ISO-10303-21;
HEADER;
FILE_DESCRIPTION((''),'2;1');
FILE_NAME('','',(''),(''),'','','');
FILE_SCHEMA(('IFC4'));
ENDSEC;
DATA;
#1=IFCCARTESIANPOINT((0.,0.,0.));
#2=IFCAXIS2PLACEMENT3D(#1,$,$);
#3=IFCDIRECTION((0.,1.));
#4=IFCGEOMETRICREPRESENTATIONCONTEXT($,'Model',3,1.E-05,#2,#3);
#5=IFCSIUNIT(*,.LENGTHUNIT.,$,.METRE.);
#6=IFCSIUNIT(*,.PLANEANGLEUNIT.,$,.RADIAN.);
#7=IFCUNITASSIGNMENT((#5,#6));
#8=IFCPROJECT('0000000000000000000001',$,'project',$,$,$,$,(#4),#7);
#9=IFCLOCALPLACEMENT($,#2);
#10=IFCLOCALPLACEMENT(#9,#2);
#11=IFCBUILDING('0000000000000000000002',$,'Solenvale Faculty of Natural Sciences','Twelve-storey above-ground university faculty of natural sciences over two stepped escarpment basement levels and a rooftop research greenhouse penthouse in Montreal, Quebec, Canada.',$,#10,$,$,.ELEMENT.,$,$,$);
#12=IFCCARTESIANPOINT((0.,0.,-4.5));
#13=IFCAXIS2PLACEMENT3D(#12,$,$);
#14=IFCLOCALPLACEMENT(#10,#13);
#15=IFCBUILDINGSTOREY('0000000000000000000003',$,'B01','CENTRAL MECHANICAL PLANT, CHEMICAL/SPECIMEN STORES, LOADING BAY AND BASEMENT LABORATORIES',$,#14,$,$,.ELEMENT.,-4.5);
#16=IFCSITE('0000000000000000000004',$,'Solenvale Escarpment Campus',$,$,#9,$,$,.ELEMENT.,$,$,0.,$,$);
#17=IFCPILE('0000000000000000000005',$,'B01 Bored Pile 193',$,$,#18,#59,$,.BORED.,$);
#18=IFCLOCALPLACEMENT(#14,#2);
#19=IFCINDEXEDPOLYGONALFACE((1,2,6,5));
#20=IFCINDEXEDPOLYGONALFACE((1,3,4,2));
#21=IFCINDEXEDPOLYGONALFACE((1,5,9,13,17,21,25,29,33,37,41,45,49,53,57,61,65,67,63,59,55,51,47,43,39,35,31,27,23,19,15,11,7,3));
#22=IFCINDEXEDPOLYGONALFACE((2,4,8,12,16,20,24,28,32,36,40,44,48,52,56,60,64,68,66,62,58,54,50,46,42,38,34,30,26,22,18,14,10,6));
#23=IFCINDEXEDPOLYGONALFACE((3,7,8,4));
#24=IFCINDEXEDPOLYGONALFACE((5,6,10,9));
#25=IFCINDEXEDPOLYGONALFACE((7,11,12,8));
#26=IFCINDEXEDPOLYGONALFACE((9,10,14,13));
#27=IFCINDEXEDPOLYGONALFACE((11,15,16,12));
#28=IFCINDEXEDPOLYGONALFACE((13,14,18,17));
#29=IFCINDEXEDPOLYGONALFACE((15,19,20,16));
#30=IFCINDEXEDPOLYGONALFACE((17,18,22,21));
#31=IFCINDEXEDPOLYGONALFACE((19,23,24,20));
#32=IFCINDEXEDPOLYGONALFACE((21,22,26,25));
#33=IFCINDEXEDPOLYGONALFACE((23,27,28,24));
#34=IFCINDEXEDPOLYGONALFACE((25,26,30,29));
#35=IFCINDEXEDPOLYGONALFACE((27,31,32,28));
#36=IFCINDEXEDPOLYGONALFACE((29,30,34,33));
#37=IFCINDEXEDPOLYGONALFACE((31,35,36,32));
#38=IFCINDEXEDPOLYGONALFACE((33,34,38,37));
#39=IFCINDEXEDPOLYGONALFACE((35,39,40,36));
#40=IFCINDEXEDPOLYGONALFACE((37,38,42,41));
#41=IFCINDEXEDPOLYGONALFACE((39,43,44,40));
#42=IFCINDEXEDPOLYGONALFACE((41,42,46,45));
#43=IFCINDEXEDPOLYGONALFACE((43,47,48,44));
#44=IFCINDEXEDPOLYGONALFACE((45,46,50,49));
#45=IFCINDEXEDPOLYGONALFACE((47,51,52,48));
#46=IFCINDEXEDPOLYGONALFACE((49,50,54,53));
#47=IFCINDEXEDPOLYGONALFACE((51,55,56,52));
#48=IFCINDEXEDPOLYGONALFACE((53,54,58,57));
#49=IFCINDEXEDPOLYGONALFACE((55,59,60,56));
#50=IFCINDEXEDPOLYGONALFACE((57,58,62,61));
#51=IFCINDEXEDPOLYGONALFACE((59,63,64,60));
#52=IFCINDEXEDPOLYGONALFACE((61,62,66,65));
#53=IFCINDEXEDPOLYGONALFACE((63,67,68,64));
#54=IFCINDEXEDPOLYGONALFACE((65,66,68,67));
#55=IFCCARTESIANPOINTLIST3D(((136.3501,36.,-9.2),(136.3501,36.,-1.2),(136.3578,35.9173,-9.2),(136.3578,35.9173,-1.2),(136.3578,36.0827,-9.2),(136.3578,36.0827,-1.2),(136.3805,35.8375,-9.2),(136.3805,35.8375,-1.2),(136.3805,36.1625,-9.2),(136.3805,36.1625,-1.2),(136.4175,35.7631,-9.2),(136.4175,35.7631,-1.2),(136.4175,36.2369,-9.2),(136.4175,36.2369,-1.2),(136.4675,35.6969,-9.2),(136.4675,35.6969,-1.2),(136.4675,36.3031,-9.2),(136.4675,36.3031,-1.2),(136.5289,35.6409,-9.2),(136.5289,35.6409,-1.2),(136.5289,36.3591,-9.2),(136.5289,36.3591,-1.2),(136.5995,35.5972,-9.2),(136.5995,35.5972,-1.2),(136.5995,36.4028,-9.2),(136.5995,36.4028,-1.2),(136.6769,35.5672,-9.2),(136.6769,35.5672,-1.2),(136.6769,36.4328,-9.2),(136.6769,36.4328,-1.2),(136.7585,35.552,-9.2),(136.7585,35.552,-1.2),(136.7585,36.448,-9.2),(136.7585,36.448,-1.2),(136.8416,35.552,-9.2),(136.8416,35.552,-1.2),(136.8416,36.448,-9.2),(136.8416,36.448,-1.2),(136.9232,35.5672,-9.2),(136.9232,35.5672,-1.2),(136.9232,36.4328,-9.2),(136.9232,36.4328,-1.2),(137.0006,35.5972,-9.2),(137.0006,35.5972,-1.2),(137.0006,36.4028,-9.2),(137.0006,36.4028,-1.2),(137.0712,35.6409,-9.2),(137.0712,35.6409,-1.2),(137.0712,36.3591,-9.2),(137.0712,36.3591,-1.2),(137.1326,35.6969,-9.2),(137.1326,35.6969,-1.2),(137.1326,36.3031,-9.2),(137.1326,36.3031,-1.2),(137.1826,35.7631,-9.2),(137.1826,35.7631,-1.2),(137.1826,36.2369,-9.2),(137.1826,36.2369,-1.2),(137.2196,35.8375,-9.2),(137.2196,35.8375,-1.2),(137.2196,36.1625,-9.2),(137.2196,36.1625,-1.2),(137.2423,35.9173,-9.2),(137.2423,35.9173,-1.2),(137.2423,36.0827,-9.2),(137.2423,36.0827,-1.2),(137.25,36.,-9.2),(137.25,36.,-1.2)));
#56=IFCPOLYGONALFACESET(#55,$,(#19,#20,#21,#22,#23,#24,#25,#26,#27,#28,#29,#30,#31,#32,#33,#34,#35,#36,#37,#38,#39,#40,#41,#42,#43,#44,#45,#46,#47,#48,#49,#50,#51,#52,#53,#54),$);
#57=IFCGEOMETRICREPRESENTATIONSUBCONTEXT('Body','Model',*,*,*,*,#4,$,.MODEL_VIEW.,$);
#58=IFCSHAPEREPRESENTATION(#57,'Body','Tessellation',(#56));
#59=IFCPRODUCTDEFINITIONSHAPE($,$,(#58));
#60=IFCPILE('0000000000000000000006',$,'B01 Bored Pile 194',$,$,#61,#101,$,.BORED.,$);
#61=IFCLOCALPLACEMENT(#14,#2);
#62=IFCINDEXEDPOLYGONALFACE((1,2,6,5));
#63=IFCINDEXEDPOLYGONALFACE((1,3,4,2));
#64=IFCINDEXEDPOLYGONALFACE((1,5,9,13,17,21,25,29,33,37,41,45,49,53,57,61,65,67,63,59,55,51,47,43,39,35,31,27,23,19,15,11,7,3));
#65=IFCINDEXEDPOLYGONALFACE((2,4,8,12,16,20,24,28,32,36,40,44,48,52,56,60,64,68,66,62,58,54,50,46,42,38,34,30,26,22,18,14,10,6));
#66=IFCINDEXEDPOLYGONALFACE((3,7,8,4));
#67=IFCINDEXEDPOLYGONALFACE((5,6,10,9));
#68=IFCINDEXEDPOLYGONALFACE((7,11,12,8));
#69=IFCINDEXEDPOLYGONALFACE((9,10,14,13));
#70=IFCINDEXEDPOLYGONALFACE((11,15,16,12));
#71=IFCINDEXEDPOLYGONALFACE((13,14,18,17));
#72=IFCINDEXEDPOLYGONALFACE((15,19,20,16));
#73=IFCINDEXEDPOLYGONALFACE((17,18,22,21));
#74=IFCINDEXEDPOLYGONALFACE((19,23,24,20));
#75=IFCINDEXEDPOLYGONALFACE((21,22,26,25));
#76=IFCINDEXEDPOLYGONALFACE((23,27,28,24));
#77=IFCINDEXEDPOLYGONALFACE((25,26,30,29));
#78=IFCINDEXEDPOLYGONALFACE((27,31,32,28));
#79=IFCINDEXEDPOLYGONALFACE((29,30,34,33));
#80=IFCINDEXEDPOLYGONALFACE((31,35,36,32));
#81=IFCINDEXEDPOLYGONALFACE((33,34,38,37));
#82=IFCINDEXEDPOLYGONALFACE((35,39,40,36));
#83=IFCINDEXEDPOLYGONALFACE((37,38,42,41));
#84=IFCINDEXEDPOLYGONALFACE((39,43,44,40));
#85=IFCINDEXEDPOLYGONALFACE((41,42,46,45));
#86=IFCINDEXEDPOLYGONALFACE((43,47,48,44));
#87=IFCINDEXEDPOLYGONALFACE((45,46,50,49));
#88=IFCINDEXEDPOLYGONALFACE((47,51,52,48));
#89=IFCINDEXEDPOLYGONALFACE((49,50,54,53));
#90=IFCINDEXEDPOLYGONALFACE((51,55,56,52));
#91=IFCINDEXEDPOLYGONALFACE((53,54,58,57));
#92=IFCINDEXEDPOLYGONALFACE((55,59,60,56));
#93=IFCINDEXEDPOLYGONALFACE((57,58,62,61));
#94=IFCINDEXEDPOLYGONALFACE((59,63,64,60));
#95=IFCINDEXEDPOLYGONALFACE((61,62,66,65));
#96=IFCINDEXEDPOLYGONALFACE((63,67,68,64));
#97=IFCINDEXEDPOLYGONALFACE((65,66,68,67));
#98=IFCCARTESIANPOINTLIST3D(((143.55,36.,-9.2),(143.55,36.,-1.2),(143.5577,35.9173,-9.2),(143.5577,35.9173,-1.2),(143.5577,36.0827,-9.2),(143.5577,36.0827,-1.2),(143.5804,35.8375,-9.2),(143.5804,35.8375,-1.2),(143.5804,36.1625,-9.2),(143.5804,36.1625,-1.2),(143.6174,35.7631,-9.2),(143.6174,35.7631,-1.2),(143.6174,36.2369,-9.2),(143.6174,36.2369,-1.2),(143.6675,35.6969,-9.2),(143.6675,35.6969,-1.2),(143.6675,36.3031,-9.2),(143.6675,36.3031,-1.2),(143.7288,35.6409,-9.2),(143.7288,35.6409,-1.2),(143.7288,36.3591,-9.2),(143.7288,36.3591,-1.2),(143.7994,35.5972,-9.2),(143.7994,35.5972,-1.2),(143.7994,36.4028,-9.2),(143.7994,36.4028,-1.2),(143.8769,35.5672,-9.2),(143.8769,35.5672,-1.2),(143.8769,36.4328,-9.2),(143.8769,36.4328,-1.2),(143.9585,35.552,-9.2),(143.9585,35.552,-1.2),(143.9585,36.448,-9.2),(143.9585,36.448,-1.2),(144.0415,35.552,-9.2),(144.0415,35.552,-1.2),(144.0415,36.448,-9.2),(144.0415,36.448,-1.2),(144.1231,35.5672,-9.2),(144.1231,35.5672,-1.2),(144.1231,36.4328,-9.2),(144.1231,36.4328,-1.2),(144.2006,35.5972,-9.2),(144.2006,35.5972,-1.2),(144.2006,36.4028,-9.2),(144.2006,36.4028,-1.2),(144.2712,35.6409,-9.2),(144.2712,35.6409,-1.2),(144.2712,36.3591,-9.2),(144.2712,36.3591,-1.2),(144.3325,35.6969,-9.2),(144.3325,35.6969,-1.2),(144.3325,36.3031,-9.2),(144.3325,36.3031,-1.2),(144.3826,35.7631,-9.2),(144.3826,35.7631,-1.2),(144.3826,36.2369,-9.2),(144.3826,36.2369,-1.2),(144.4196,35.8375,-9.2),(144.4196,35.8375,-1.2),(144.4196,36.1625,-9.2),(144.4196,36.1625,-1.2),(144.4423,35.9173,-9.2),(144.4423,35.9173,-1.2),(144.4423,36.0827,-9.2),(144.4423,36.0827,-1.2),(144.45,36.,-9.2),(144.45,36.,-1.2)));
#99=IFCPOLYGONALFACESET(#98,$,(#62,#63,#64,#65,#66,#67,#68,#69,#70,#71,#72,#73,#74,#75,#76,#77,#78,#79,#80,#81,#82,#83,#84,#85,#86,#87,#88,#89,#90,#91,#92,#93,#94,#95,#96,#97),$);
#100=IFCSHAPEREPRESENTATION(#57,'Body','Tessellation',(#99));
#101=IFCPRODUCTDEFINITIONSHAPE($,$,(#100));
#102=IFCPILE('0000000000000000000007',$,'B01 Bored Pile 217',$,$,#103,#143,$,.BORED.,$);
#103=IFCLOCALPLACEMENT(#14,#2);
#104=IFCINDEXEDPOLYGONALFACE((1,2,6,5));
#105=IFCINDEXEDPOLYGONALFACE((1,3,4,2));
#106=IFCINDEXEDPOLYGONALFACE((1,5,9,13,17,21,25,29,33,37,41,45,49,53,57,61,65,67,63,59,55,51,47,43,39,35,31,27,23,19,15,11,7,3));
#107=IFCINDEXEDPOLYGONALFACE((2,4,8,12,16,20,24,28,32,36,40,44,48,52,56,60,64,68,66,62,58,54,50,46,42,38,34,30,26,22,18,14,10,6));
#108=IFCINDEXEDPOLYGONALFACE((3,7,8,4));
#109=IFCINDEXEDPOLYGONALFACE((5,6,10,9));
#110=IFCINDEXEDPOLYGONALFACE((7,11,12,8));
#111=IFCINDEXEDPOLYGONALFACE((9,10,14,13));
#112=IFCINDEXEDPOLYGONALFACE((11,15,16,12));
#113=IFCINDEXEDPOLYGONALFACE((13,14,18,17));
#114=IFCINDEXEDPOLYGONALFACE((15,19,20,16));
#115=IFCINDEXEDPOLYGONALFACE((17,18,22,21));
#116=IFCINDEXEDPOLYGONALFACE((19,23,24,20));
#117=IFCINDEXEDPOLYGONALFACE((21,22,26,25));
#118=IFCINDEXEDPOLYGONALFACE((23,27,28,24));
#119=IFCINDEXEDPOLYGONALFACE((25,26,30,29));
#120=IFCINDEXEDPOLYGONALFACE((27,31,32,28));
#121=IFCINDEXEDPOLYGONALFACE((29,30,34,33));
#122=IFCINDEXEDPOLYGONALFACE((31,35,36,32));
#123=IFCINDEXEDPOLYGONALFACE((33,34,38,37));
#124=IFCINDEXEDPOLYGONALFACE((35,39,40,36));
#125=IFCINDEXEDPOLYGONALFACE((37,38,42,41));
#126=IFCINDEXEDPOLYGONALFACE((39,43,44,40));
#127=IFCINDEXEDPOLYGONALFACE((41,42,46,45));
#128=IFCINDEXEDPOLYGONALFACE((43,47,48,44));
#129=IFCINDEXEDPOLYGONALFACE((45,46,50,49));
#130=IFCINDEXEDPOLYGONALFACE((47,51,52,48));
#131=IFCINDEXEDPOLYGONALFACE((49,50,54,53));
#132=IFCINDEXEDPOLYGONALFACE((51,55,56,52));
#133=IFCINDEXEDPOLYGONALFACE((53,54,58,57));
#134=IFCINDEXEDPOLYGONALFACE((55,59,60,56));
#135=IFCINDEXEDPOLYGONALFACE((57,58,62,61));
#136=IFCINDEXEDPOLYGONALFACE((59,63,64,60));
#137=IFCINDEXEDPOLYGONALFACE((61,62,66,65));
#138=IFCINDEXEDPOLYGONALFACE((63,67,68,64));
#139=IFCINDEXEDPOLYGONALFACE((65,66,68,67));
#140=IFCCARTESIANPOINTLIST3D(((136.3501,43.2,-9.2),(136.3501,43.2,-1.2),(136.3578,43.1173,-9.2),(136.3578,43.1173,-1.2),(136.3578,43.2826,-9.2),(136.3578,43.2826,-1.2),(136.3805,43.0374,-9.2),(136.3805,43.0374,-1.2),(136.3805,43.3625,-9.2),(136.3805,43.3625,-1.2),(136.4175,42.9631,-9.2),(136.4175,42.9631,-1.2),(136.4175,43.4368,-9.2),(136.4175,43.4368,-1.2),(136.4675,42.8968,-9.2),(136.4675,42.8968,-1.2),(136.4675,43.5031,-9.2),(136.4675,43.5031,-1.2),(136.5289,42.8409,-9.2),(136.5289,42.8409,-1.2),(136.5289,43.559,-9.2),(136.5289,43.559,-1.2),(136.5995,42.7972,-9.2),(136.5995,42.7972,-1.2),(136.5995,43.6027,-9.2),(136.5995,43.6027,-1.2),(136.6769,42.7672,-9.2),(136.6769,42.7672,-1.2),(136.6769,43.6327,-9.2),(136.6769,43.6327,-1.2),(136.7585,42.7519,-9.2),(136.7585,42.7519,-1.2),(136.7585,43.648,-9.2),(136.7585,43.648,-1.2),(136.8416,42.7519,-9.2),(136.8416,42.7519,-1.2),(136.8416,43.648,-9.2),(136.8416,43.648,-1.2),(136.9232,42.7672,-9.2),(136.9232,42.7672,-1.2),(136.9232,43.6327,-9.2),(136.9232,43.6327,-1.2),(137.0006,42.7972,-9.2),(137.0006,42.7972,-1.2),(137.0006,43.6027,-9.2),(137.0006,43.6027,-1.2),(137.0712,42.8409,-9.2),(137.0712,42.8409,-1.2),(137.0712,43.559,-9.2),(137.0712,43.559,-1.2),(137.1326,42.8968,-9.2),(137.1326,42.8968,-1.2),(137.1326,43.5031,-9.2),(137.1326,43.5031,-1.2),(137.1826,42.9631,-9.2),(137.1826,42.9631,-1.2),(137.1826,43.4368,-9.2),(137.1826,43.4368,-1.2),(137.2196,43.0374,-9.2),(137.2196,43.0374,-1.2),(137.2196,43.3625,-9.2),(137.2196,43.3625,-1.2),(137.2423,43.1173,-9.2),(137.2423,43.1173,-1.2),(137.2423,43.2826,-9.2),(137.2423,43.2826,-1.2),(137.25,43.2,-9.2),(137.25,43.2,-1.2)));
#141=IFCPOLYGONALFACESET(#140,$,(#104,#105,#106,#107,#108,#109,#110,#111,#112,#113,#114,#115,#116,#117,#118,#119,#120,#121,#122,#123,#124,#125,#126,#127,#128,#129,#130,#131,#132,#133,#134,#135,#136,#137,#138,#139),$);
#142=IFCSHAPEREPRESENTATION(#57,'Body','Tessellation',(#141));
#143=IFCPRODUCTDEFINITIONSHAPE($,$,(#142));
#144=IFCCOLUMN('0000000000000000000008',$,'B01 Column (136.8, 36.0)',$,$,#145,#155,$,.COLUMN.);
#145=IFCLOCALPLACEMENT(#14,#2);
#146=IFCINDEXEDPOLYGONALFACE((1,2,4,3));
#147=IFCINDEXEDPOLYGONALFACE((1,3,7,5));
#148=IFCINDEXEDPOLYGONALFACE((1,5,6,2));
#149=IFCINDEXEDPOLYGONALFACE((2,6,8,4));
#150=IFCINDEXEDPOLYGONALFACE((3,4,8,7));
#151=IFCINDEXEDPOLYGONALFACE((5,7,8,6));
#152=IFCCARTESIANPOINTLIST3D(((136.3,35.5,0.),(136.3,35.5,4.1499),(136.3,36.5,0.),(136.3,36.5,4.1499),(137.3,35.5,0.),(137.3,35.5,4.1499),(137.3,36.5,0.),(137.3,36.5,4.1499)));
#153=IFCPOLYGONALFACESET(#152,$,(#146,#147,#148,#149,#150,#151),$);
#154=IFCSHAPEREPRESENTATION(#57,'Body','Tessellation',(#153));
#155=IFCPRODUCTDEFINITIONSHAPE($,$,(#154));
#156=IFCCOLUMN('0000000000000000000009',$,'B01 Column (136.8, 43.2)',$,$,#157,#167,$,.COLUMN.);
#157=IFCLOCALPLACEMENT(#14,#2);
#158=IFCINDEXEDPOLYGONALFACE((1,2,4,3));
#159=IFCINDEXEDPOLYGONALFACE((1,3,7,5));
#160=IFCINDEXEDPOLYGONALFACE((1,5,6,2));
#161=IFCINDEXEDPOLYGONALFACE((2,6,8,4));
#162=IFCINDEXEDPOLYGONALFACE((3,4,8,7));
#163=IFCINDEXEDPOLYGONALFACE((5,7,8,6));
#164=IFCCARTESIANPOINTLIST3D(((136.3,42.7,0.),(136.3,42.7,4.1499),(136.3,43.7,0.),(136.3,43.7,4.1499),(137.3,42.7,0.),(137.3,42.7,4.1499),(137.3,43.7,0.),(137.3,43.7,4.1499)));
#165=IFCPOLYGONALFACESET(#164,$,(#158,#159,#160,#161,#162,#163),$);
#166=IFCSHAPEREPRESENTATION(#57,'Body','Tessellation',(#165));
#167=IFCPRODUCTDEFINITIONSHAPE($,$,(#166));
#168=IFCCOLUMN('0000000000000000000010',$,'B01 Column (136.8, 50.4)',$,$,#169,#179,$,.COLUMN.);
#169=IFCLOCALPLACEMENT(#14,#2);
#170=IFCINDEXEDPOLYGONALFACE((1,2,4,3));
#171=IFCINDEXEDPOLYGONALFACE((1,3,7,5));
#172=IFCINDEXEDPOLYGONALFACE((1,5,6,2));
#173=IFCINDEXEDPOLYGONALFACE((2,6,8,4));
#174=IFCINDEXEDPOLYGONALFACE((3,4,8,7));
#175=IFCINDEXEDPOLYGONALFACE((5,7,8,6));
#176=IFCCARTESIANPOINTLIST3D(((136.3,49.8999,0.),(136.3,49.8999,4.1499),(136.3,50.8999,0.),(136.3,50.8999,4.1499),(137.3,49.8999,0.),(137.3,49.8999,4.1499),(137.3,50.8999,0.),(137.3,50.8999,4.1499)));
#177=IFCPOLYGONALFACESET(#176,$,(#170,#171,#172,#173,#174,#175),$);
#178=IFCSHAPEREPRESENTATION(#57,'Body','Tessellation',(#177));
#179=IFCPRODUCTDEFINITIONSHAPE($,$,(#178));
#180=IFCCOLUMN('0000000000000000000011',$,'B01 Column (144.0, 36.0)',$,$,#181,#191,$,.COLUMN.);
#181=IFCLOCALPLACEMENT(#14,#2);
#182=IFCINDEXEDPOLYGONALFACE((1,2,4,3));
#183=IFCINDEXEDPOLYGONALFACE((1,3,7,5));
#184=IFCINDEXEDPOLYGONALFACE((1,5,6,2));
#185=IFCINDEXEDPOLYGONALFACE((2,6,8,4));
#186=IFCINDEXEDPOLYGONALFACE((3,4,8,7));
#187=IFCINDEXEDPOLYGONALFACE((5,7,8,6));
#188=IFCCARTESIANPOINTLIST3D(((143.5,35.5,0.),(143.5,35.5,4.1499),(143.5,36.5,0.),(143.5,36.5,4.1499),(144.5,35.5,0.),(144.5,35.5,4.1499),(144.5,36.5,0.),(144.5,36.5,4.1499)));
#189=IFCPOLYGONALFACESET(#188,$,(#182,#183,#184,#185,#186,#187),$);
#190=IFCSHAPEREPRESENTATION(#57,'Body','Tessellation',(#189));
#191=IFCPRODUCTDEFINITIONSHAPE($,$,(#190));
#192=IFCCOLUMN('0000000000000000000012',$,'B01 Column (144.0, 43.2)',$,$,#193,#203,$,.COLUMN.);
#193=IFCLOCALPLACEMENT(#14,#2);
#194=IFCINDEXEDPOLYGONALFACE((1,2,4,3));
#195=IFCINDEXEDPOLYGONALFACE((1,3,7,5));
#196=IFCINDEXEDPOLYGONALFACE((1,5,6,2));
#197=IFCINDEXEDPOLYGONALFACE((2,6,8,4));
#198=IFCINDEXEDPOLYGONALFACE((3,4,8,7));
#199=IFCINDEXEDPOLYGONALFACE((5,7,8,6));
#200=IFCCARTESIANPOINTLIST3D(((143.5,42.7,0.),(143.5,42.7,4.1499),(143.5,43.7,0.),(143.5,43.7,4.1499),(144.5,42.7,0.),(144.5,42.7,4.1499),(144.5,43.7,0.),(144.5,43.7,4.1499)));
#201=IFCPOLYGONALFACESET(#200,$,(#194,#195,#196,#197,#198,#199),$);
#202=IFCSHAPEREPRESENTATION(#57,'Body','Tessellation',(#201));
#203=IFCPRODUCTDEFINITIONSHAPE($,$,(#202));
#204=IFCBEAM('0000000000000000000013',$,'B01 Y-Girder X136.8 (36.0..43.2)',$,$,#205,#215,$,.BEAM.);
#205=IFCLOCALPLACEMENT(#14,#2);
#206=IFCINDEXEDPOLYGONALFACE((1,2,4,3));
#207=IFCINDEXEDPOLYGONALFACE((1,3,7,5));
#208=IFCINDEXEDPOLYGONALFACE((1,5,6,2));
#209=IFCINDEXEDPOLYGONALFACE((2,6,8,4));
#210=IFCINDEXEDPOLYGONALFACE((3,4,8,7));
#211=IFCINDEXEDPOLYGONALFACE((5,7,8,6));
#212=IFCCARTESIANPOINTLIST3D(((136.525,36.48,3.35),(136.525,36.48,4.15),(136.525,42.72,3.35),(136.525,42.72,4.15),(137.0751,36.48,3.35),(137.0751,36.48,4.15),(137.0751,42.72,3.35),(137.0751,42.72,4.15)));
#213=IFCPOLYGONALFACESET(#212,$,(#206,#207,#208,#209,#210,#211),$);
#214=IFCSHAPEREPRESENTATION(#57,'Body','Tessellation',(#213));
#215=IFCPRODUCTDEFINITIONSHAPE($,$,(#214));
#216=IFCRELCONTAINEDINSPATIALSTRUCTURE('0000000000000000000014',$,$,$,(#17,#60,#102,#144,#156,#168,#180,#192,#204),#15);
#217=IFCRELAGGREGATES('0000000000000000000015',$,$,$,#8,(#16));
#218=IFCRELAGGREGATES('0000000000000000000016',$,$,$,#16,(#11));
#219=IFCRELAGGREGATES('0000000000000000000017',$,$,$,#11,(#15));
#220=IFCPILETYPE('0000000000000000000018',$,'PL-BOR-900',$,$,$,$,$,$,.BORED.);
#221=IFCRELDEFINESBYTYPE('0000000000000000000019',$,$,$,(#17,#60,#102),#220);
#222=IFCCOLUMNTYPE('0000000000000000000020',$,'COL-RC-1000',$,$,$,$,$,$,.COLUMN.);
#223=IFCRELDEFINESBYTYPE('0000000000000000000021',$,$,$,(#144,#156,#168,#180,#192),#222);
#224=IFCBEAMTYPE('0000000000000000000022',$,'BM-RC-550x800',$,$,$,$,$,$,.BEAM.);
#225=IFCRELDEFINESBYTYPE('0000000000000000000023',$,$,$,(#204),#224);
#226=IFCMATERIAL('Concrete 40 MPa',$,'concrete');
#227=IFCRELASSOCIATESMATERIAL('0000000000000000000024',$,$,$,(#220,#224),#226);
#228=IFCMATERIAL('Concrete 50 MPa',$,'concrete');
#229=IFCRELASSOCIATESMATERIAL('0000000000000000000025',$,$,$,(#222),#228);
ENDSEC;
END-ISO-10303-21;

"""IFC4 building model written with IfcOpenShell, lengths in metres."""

from ifc_helpers import new_model, si_unit, direction, frame, origin, origin_2d, place, context, subcontext, project, spatial, rectangle, circle, extrude, material, material_profile, profile_set, type_object, element, save


model = new_model("IFC4")

# Units and contexts
model_context = context("Model", 3, precision=1e-05, world=origin(), true_north=direction((0.0, 1.0)))
body_context = subcontext(model_context, "Body", "Model", "MODEL_VIEW")
ifc_project = project(units=[si_unit("LENGTHUNIT", "METRE"), si_unit("PLANEANGLEUNIT", "RADIAN")], contexts=[model_context])

# Site, building, storey
site_placement = place(None, origin())
site = spatial("IfcSite", under=ifc_project, at=site_placement, Name="Solenvale Escarpment Campus", CompositionType="ELEMENT", RefElevation=0.0)
building_placement = place(site_placement, origin())
building = spatial("IfcBuilding", under=site, at=building_placement, Name="Solenvale Faculty of Natural Sciences", Description="Twelve-storey above-ground university faculty of natural sciences over two stepped escarpment basement levels and a rooftop research greenhouse penthouse in Montreal, Quebec, Canada.", CompositionType="ELEMENT")
storey_placement = place(building_placement, frame((0.0, 0.0, -4.5)))
storey = spatial("IfcBuildingStorey", under=building, at=storey_placement, Name="B01", Description="CENTRAL MECHANICAL PLANT, CHEMICAL/SPECIMEN STORES, LOADING BAY AND BASEMENT LABORATORIES", CompositionType="ELEMENT", Elevation=-4.5)

# Shared definitions
ifc_material_1 = material(Name="Concrete 40 MPa", Category="concrete")

# Piles
ifc_material_profile_1 = material_profile(ifc_material_1, circle(Radius=0.45, at=origin_2d()), Name="PILE-D900")
ifc_profile_set_1 = profile_set([ifc_material_profile_1], Name="Concrete 40 MPa")
pile_type_1 = type_object("IfcPileType", Name="PL-BOR-900", PredefinedType="BORED", material=ifc_profile_set_1)
for number, where, z_axis, x_axis, name in (
    (1, (136.8, 36.0, -1.2), (0.0, 0.0, -1.0), (1.0, 0.0, 0.0), "B01 Bored Pile 193"),
    (2, (144.0, 36.0, -1.2), (0.0, 0.0, -1.0), (1.0, 0.0, 0.0), "B01 Bored Pile 194"),
    (3, (136.8, 43.2, -1.2), (0.0, 0.0, -1.0), (1.0, 0.0, 0.0), "B01 Bored Pile 217"),
):
    element("IfcPile", number, at=place(storey_placement, frame(where, z_axis=z_axis, x_axis=x_axis)), inside=storey, type_object=pile_type_1, Name=name, PredefinedType="BORED", context=body_context, shape_type="SweptSolid", body=[
        extrude(circle(Radius=0.45, at=origin_2d()), origin(), (0.0, 0.0, 1.0), 8.0),
    ])

# Columns
ifc_material_2 = material(Name="Concrete 50 MPa", Category="concrete")
ifc_material_profile_2 = material_profile(ifc_material_2, rectangle(XDim=1.0, YDim=1.0, at=origin_2d()), Name="RC-COL-1000x1000")
ifc_profile_set_2 = profile_set([ifc_material_profile_2], Name="Concrete 50 MPa")
column_type = type_object("IfcColumnType", Name="COL-RC-1000", PredefinedType="COLUMN", material=ifc_profile_set_2)
for number, where, z_axis, x_axis, name in (
    (4, (136.8, 36.0, 0.0), (0.0, 0.0, 1.0), (1.0, 0.0, 0.0), "B01 Column (136.8, 36.0)"),
    (5, (136.8, 43.2, 0.0), (0.0, 0.0, 1.0), (1.0, 0.0, 0.0), "B01 Column (136.8, 43.2)"),
    (6, (136.8, 50.3999, 0.0), (0.0, 0.0, 1.0), (1.0, 0.0, 0.0), "B01 Column (136.8, 50.4)"),
    (7, (144.0, 36.0, 0.0), (0.0, 0.0, 1.0), (1.0, 0.0, 0.0), "B01 Column (144.0, 36.0)"),
    (8, (144.0, 43.2, 0.0), (0.0, 0.0, 1.0), (1.0, 0.0, 0.0), "B01 Column (144.0, 43.2)"),
):
    element("IfcColumn", number, at=place(storey_placement, frame(where, z_axis=z_axis, x_axis=x_axis)), inside=storey, type_object=column_type, Name=name, PredefinedType="COLUMN", context=body_context, shape_type="SweptSolid", body=[
        extrude(rectangle(XDim=1.0, YDim=1.0, at=origin_2d()), origin(), (0.0, 0.0, 1.0), 4.1499),
    ])

# Beam
ifc_material_profile_3 = material_profile(ifc_material_1, rectangle(XDim=0.55, YDim=0.8, at=origin_2d()), Name="RC-BM-550x800")
ifc_profile_set_3 = profile_set([ifc_material_profile_3], Name="Concrete 40 MPa")
beam_type_1 = type_object("IfcBeamType", Name="BM-RC-550x800", PredefinedType="BEAM", material=ifc_profile_set_3)
for number, where, z_axis, x_axis, name in (
    (9, (136.8, 36.48, 3.75), (0.0, 1.0, 0.0), (-1.0, 0.0, 0.0), "B01 Y-Girder X136.8 (36.0..43.2)"),
):
    element("IfcBeam", number, at=place(storey_placement, frame(where, z_axis=z_axis, x_axis=x_axis)), inside=storey, type_object=beam_type_1, Name=name, PredefinedType="BEAM", context=body_context, shape_type="SweptSolid", body=[
        extrude(rectangle(XDim=0.55, YDim=0.8, at=origin_2d()), origin(), (0.0, 0.0, 1.0), 6.24),
    ])

save(model, "model.ifc")
